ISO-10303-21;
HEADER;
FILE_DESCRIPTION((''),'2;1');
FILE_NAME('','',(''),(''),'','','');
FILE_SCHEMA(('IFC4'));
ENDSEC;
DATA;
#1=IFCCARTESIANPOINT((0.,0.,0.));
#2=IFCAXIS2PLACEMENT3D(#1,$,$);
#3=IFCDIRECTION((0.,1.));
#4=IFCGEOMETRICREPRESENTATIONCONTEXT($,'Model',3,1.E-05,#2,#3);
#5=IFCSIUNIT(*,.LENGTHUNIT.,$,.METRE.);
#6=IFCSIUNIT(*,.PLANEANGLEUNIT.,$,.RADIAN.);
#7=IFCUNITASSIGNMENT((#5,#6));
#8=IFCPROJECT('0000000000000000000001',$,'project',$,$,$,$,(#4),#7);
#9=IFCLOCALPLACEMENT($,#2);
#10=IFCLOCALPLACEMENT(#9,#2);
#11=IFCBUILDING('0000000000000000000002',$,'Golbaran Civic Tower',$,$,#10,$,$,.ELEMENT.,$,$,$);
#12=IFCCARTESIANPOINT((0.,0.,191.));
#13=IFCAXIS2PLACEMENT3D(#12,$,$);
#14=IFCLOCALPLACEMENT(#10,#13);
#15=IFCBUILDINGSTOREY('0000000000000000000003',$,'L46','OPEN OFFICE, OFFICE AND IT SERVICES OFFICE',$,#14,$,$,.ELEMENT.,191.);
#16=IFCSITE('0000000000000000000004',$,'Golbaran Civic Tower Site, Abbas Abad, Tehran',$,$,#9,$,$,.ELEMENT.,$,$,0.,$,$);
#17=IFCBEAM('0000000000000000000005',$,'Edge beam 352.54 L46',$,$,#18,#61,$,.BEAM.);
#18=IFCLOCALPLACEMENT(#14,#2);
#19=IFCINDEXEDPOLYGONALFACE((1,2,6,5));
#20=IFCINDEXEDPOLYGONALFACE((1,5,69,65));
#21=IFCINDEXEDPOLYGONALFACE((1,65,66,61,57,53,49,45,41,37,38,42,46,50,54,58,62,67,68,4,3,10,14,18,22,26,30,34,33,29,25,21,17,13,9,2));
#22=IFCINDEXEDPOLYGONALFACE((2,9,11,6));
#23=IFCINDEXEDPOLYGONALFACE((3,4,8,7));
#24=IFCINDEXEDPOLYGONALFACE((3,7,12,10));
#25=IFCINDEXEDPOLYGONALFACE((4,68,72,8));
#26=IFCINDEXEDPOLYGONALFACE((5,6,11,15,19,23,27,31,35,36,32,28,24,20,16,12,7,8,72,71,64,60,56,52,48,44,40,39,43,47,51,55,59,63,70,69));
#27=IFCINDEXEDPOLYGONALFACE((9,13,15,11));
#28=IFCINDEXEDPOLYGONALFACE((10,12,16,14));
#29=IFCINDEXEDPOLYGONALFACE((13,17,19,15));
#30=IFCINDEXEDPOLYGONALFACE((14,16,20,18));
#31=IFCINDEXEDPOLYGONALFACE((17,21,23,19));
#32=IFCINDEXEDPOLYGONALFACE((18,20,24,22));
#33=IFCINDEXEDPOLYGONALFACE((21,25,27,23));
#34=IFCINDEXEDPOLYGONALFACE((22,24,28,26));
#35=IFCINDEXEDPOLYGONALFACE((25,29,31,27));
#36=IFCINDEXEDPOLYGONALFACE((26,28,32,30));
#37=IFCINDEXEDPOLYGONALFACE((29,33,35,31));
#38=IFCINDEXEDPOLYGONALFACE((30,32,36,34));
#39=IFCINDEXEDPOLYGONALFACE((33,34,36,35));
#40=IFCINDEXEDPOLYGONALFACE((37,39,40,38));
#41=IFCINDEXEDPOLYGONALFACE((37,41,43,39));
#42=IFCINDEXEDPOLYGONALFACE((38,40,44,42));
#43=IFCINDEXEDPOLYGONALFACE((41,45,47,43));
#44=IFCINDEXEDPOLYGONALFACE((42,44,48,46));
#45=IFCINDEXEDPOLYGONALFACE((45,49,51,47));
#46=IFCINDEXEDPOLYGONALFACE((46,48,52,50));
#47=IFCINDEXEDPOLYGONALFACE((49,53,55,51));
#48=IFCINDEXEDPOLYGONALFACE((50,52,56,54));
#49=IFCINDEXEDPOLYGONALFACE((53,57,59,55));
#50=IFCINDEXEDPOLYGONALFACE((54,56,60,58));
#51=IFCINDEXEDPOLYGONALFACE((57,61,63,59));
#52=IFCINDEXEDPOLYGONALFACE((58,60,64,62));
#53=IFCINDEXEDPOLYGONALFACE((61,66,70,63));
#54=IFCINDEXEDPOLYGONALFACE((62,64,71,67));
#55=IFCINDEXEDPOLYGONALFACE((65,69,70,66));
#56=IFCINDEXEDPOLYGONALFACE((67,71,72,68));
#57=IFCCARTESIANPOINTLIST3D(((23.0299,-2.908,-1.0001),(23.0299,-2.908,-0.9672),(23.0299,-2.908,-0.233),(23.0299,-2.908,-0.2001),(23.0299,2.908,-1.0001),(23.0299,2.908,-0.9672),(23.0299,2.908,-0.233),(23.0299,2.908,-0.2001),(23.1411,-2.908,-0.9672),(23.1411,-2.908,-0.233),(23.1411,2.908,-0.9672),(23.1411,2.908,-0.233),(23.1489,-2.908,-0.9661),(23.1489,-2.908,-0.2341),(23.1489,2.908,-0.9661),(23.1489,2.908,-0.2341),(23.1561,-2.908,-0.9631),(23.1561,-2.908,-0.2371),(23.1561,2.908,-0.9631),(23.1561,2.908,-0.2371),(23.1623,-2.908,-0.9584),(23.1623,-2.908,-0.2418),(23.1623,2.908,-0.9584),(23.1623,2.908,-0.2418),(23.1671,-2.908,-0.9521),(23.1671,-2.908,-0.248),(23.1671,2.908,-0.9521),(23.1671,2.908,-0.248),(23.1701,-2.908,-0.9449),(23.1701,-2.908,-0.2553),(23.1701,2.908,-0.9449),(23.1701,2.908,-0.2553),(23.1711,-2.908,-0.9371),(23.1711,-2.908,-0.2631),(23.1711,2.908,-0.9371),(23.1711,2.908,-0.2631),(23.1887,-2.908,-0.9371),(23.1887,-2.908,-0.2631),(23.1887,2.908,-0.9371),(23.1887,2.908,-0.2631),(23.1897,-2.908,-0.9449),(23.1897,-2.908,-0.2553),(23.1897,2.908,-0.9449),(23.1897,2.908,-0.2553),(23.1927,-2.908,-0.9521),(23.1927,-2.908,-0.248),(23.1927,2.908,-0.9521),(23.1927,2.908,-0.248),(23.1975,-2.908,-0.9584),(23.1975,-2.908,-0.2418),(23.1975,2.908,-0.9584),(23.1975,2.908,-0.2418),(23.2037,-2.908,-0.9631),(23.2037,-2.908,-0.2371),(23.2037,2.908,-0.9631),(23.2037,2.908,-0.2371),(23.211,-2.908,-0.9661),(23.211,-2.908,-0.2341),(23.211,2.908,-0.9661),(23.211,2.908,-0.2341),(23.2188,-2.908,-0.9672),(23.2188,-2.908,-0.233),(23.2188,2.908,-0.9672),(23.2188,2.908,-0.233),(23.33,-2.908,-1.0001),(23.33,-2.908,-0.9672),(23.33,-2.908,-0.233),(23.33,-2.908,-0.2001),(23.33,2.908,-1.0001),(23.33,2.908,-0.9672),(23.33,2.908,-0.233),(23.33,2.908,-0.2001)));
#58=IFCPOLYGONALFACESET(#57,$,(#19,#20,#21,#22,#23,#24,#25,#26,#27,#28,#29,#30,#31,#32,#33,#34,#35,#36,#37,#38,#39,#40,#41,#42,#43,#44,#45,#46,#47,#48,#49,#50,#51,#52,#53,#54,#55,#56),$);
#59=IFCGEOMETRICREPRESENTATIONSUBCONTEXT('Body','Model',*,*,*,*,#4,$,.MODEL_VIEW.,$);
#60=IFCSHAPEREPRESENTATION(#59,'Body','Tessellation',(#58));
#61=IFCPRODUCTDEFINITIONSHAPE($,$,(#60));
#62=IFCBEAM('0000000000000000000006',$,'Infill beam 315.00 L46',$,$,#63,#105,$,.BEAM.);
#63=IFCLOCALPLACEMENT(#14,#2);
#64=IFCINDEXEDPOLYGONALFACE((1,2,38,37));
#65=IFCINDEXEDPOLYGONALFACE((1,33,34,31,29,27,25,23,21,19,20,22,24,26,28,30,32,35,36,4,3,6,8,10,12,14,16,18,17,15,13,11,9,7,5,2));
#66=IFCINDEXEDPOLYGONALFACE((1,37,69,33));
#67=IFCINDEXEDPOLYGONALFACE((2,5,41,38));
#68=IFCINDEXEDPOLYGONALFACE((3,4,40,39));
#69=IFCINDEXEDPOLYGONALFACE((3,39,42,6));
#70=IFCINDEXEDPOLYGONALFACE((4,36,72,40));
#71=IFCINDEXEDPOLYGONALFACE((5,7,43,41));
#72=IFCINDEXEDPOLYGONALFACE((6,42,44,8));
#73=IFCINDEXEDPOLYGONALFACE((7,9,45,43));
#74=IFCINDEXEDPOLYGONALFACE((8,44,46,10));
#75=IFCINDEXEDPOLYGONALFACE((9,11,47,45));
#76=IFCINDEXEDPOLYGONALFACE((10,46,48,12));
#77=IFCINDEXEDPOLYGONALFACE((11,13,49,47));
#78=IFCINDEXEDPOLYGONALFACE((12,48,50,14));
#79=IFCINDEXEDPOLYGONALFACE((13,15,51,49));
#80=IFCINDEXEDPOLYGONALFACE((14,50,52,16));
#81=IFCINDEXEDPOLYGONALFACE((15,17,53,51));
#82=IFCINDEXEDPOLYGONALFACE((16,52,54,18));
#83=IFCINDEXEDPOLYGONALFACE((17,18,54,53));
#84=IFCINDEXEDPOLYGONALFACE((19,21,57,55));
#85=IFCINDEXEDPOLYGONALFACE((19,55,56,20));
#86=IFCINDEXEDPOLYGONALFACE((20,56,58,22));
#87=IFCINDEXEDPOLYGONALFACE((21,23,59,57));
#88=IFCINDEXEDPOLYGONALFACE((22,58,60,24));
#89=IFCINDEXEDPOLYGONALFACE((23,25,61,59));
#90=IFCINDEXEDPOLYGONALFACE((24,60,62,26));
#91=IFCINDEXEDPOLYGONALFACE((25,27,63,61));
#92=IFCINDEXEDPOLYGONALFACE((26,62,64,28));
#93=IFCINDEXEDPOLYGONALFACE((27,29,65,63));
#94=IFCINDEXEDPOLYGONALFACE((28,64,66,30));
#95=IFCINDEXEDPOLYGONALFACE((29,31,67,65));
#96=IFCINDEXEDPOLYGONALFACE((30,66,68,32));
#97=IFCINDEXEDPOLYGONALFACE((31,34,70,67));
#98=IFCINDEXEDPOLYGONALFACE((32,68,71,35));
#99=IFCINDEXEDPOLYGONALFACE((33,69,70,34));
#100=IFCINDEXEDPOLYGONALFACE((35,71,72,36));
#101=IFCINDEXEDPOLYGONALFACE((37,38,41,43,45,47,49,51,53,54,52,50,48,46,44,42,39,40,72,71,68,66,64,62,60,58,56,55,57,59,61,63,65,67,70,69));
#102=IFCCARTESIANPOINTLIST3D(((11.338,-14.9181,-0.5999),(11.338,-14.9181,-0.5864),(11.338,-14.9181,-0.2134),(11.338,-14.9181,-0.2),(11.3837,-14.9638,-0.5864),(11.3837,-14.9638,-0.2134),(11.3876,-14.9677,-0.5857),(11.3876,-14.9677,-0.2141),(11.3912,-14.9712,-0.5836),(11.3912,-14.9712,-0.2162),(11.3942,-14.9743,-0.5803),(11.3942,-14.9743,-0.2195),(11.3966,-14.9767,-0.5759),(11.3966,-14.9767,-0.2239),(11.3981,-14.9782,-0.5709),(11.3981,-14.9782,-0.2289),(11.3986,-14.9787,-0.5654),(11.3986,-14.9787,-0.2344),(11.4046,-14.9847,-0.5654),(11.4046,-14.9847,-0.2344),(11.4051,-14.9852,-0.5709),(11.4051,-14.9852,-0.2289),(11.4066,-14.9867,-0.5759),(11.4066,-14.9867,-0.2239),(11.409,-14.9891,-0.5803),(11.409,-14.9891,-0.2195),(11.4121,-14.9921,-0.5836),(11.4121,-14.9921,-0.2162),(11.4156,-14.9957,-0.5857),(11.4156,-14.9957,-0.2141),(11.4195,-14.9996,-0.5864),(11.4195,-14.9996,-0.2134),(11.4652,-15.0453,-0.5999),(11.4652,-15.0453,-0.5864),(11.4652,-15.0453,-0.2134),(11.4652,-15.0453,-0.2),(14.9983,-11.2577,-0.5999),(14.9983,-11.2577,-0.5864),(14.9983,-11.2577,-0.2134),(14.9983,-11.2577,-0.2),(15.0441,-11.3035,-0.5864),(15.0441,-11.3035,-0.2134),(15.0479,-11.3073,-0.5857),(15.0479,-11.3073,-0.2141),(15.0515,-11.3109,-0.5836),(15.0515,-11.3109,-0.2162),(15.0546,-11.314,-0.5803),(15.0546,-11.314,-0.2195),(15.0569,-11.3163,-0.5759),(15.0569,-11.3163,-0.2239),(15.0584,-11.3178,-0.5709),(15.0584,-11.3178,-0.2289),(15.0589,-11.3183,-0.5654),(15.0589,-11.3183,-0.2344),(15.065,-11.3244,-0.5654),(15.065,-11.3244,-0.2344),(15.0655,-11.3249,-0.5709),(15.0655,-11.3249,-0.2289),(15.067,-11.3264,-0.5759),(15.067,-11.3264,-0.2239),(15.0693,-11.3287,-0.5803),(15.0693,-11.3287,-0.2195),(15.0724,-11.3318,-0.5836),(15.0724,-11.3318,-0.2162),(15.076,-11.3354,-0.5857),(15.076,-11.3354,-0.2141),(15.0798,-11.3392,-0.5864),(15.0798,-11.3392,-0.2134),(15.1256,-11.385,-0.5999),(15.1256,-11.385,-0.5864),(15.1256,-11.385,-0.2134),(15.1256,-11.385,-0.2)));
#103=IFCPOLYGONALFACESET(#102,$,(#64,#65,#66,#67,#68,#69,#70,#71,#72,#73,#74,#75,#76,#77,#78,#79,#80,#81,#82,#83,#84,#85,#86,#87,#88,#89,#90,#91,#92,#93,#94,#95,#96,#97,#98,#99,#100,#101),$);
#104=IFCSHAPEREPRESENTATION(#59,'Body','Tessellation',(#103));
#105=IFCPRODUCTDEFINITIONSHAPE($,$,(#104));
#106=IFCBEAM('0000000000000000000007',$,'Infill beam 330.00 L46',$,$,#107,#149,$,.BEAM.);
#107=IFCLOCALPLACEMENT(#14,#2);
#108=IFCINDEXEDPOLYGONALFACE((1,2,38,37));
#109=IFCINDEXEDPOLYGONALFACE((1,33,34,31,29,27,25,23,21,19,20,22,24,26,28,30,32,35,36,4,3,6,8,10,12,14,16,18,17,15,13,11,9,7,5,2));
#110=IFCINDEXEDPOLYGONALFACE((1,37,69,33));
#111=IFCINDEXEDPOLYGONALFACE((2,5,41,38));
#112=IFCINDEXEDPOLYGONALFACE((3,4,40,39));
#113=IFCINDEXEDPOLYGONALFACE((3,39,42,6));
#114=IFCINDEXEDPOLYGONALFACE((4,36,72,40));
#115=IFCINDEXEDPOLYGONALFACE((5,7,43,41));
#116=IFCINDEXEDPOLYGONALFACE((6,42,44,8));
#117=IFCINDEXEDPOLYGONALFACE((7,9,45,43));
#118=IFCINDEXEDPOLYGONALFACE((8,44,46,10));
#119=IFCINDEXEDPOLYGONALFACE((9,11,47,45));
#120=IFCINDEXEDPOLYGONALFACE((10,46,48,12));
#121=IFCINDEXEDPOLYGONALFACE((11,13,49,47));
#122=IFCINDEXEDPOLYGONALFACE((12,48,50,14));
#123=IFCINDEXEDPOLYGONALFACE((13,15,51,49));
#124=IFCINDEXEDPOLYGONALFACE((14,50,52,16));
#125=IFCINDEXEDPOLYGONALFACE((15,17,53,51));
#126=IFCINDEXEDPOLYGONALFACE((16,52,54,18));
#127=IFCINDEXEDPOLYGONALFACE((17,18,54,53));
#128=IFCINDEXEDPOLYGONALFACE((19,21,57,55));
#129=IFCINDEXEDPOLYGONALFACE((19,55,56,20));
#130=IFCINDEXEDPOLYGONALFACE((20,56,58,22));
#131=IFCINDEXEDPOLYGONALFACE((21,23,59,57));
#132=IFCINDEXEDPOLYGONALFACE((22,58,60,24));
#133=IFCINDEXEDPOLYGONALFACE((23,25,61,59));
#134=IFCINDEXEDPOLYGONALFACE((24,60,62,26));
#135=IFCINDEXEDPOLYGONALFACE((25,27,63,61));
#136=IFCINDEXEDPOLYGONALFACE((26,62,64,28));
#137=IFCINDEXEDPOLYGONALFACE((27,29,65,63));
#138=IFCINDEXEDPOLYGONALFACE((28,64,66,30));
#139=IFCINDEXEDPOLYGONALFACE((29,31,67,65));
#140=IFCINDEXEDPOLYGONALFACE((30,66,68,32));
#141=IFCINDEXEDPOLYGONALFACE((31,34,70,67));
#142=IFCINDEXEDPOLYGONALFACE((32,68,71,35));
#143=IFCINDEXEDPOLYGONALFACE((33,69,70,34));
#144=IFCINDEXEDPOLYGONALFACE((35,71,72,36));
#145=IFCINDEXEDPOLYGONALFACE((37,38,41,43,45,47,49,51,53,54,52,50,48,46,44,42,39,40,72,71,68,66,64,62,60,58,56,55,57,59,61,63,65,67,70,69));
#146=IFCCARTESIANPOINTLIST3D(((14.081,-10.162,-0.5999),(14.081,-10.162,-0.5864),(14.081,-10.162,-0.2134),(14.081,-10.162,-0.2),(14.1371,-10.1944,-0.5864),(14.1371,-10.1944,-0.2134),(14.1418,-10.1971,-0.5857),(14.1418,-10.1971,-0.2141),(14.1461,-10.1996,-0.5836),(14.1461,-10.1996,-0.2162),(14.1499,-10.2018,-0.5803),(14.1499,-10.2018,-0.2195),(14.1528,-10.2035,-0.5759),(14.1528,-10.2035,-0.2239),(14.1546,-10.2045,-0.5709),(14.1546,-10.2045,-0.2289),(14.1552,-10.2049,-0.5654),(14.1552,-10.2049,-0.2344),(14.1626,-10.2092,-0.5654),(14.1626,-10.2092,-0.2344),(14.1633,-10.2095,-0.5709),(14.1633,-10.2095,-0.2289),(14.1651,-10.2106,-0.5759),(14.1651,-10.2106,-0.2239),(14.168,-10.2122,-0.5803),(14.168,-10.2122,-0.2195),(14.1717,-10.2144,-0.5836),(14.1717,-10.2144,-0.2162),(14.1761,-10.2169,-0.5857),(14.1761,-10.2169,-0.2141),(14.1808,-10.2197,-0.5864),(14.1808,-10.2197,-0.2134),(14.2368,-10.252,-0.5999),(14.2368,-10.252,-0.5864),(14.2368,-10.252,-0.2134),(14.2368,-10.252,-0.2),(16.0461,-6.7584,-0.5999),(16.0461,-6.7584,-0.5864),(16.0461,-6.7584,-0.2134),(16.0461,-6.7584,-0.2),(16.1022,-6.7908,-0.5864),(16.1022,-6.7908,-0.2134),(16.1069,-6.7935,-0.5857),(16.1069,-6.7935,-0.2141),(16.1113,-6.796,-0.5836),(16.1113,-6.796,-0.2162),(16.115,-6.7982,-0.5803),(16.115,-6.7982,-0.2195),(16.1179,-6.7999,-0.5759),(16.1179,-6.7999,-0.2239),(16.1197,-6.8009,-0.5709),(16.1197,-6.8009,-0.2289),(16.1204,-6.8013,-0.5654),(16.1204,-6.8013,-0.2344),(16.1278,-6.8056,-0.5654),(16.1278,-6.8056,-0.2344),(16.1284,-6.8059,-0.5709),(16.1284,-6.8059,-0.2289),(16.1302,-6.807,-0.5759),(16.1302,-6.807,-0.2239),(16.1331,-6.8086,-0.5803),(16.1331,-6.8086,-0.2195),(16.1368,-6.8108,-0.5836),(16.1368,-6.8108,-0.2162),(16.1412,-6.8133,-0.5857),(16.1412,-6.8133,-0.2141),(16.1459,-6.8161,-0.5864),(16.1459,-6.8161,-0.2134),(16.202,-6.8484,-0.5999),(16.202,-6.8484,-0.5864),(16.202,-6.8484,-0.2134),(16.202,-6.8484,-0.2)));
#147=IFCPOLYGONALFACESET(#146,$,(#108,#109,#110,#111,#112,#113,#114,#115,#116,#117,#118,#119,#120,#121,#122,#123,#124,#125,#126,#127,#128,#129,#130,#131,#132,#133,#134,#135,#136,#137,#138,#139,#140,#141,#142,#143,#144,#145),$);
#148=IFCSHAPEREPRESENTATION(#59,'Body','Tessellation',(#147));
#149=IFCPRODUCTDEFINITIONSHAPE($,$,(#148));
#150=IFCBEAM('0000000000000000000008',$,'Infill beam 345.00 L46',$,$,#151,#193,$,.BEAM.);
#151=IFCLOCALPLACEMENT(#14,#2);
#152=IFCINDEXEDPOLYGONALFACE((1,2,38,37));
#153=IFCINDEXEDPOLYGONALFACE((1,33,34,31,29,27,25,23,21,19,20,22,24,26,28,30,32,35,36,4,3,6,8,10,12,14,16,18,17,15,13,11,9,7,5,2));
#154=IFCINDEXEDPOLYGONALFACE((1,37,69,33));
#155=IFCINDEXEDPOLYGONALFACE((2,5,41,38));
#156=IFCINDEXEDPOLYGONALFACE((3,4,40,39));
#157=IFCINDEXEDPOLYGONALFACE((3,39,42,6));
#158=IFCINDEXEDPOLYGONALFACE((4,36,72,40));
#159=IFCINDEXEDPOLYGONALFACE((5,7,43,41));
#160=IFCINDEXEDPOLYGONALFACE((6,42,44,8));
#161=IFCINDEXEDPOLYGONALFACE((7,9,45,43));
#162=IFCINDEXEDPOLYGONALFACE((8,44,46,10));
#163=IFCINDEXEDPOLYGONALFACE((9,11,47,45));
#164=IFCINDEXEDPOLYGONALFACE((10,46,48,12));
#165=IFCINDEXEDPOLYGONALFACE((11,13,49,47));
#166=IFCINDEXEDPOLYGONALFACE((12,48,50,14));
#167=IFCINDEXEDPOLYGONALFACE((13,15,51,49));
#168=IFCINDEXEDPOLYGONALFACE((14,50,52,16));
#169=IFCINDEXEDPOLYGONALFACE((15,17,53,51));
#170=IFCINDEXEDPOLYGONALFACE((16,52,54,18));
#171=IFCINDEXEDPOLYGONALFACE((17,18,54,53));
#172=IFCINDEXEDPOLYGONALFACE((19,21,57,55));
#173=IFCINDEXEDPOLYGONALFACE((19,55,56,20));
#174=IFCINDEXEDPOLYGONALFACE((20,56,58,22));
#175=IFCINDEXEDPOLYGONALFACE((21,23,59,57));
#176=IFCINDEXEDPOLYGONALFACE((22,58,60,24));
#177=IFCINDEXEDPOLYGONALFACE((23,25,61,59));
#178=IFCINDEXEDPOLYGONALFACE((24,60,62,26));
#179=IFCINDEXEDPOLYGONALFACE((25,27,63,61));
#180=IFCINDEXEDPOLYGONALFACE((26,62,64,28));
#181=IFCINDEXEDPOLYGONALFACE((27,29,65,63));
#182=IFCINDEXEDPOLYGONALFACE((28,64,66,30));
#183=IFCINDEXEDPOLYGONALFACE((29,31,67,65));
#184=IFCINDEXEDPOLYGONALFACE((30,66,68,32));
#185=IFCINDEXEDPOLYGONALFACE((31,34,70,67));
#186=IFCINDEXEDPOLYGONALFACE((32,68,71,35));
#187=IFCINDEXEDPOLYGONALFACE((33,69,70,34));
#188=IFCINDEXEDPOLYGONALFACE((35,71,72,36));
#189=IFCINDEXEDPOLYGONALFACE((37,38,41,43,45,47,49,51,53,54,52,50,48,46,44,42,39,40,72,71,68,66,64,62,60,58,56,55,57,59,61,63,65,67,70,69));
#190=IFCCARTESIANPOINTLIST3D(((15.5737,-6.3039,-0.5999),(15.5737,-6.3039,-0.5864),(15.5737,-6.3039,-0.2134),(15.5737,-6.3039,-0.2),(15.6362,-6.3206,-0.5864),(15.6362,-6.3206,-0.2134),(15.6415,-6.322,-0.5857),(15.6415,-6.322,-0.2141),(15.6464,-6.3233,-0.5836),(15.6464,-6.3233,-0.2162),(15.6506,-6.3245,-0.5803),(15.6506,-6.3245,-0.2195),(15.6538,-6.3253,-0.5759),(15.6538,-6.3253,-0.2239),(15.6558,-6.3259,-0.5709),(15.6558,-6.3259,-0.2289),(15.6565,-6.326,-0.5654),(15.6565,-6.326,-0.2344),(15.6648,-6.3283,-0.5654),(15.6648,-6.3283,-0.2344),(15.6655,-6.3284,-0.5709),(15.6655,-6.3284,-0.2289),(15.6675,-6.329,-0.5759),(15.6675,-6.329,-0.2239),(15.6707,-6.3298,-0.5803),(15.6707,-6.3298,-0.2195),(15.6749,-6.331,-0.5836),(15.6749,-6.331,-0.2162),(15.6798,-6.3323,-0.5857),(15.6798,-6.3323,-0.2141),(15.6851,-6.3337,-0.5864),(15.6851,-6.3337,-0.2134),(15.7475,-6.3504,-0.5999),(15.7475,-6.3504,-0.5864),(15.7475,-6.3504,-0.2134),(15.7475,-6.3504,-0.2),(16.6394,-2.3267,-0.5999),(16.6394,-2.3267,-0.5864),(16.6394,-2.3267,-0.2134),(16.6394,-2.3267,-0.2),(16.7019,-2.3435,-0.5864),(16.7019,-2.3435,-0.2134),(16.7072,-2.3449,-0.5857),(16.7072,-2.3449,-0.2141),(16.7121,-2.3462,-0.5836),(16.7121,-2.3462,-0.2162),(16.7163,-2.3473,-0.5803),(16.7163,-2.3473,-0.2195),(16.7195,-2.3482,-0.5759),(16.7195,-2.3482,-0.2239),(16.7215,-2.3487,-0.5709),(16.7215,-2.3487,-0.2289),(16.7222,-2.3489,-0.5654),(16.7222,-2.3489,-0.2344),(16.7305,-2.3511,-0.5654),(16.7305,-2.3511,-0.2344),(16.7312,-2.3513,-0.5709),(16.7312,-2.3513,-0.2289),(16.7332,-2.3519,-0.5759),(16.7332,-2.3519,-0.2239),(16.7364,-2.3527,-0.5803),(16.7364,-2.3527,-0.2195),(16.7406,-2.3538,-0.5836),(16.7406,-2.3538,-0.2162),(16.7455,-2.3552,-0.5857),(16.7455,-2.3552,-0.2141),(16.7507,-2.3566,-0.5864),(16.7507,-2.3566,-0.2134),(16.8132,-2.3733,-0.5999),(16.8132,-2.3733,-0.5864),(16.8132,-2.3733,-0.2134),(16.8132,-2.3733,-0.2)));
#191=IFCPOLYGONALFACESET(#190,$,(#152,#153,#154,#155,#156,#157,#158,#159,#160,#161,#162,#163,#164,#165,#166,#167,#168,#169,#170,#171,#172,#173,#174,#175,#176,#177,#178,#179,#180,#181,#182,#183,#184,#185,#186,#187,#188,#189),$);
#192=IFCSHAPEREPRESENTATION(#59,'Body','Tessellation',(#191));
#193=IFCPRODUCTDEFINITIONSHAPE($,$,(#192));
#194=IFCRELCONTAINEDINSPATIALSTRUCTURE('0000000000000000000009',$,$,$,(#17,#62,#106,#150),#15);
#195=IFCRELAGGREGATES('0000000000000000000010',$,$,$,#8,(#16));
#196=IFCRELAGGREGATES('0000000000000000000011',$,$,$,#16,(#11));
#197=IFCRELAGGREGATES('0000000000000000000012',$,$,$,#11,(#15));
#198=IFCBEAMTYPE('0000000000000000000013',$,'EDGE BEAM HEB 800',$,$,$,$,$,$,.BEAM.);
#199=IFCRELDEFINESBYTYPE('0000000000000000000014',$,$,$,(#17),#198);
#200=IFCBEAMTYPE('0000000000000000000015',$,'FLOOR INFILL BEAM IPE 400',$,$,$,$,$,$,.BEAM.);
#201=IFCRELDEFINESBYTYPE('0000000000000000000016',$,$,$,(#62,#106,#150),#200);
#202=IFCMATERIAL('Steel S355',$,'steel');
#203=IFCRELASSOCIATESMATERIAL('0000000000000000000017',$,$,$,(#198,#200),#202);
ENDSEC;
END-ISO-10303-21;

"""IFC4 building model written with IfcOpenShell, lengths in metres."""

from ifc_helpers import new_model, si_unit, direction, frame, origin, origin_2d, place, context, subcontext, project, spatial, i_section, extrude, material, material_profile, profile_set, type_object, element, save


model = new_model("IFC4")

# Units and contexts
model_context = context("Model", 3, precision=1e-05, world=origin(), true_north=direction((0.0, 1.0)))
body_context = subcontext(model_context, "Body", "Model", "MODEL_VIEW")
ifc_project = project(units=[si_unit("LENGTHUNIT", "METRE"), si_unit("PLANEANGLEUNIT", "RADIAN")], contexts=[model_context])

# Site, building, storey
site_placement = place(None, origin())
site = spatial("IfcSite", under=ifc_project, at=site_placement, Name="Golbaran Civic Tower Site, Abbas Abad, Tehran", CompositionType="ELEMENT", RefElevation=0.0)
building_placement = place(site_placement, origin())
building = spatial("IfcBuilding", under=site, at=building_placement, Name="Golbaran Civic Tower", CompositionType="ELEMENT")
storey_placement = place(building_placement, frame((0.0, 0.0, 191.0)))
storey = spatial("IfcBuildingStorey", under=building, at=storey_placement, Name="L46", Description="OPEN OFFICE, OFFICE AND IT SERVICES OFFICE", CompositionType="ELEMENT", Elevation=191.0)

# Beams
ifc_material_1 = material(Name="Steel S355", Category="steel")
ifc_material_profile_1 = material_profile(ifc_material_1, i_section(OverallWidth=0.3, OverallDepth=0.8, WebThickness=0.0176, FlangeThickness=0.033, FilletRadius=0.03, at=origin_2d()), Name="HEB 800")
ifc_profile_set_1 = profile_set([ifc_material_profile_1], Name="Steel S355")
beam_type_1 = type_object("IfcBeamType", Name="EDGE BEAM HEB 800", PredefinedType="BEAM", material=ifc_profile_set_1)
beam_1_placement = place(storey_placement, frame((23.1799, -2.908, -0.6001), z_axis=(0.0, 1.0, 0.0), x_axis=(-1.0, 0.0, 0.0)))
element("IfcBeam", 1, at=beam_1_placement, inside=storey, type_object=beam_type_1, Name="Edge beam 352.54 L46", PredefinedType="BEAM", context=body_context, shape_type="SweptSolid", body=[
    extrude(i_section(OverallWidth=0.3, OverallDepth=0.8, WebThickness=0.0176, FlangeThickness=0.033, FilletRadius=0.03, at=origin_2d()), origin(), (0.0, 0.0, 1.0), 5.8159),
])
ifc_material_profile_2 = material_profile(ifc_material_1, i_section(OverallWidth=0.1799, OverallDepth=0.3999, WebThickness=0.0085, FlangeThickness=0.0134, FilletRadius=0.021, at=origin_2d()), Name="IPE 400")
ifc_profile_set_2 = profile_set([ifc_material_profile_2], Name="Steel S355")
beam_type_2 = type_object("IfcBeamType", Name="FLOOR INFILL BEAM IPE 400", PredefinedType="BEAM", material=ifc_profile_set_2)
beam_2_placement = place(storey_placement, frame((11.4016, -14.9817, -0.3999), z_axis=(0.707107, 0.707107, 0.0), x_axis=(-0.707107, 0.707107, 0.0)))
element("IfcBeam", 2, at=beam_2_placement, inside=storey, type_object=beam_type_2, Name="Infill beam 315.00 L46", PredefinedType="BEAM", context=body_context, shape_type="SweptSolid", body=[
    extrude(i_section(OverallWidth=0.1799, OverallDepth=0.3999, WebThickness=0.0085, FlangeThickness=0.0134, FilletRadius=0.021, at=origin_2d()), origin(), (0.0, 0.0, 1.0), 5.1765),
])
beam_3_placement = place(storey_placement, frame((14.1589, -10.207, -0.3999), z_axis=(0.500007, 0.866021, 0.0), x_axis=(-0.866021, 0.500007, 0.0)))
element("IfcBeam", 3, at=beam_3_placement, inside=storey, type_object=beam_type_2, Name="Infill beam 330.00 L46", PredefinedType="BEAM", context=body_context, shape_type="SweptSolid", body=[
    extrude(i_section(OverallWidth=0.1799, OverallDepth=0.3999, WebThickness=0.0085, FlangeThickness=0.0134, FilletRadius=0.021, at=origin_2d()), origin(), (0.0, 0.0, 1.0), 3.9302),
])
beam_4_placement = place(storey_placement, frame((15.6606, -6.3271, -0.3999), z_axis=(0.258825, 0.965924, 0.0), x_axis=(-0.965924, 0.258825, 0.0)))
element("IfcBeam", 4, at=beam_4_placement, inside=storey, type_object=beam_type_2, Name="Infill beam 345.00 L46", PredefinedType="BEAM", context=body_context, shape_type="SweptSolid", body=[
    extrude(i_section(OverallWidth=0.1799, OverallDepth=0.3999, WebThickness=0.0085, FlangeThickness=0.0134, FilletRadius=0.021, at=origin_2d()), origin(), (0.0, 0.0, 1.0), 4.1174),
])

save(model, "model.ifc")
